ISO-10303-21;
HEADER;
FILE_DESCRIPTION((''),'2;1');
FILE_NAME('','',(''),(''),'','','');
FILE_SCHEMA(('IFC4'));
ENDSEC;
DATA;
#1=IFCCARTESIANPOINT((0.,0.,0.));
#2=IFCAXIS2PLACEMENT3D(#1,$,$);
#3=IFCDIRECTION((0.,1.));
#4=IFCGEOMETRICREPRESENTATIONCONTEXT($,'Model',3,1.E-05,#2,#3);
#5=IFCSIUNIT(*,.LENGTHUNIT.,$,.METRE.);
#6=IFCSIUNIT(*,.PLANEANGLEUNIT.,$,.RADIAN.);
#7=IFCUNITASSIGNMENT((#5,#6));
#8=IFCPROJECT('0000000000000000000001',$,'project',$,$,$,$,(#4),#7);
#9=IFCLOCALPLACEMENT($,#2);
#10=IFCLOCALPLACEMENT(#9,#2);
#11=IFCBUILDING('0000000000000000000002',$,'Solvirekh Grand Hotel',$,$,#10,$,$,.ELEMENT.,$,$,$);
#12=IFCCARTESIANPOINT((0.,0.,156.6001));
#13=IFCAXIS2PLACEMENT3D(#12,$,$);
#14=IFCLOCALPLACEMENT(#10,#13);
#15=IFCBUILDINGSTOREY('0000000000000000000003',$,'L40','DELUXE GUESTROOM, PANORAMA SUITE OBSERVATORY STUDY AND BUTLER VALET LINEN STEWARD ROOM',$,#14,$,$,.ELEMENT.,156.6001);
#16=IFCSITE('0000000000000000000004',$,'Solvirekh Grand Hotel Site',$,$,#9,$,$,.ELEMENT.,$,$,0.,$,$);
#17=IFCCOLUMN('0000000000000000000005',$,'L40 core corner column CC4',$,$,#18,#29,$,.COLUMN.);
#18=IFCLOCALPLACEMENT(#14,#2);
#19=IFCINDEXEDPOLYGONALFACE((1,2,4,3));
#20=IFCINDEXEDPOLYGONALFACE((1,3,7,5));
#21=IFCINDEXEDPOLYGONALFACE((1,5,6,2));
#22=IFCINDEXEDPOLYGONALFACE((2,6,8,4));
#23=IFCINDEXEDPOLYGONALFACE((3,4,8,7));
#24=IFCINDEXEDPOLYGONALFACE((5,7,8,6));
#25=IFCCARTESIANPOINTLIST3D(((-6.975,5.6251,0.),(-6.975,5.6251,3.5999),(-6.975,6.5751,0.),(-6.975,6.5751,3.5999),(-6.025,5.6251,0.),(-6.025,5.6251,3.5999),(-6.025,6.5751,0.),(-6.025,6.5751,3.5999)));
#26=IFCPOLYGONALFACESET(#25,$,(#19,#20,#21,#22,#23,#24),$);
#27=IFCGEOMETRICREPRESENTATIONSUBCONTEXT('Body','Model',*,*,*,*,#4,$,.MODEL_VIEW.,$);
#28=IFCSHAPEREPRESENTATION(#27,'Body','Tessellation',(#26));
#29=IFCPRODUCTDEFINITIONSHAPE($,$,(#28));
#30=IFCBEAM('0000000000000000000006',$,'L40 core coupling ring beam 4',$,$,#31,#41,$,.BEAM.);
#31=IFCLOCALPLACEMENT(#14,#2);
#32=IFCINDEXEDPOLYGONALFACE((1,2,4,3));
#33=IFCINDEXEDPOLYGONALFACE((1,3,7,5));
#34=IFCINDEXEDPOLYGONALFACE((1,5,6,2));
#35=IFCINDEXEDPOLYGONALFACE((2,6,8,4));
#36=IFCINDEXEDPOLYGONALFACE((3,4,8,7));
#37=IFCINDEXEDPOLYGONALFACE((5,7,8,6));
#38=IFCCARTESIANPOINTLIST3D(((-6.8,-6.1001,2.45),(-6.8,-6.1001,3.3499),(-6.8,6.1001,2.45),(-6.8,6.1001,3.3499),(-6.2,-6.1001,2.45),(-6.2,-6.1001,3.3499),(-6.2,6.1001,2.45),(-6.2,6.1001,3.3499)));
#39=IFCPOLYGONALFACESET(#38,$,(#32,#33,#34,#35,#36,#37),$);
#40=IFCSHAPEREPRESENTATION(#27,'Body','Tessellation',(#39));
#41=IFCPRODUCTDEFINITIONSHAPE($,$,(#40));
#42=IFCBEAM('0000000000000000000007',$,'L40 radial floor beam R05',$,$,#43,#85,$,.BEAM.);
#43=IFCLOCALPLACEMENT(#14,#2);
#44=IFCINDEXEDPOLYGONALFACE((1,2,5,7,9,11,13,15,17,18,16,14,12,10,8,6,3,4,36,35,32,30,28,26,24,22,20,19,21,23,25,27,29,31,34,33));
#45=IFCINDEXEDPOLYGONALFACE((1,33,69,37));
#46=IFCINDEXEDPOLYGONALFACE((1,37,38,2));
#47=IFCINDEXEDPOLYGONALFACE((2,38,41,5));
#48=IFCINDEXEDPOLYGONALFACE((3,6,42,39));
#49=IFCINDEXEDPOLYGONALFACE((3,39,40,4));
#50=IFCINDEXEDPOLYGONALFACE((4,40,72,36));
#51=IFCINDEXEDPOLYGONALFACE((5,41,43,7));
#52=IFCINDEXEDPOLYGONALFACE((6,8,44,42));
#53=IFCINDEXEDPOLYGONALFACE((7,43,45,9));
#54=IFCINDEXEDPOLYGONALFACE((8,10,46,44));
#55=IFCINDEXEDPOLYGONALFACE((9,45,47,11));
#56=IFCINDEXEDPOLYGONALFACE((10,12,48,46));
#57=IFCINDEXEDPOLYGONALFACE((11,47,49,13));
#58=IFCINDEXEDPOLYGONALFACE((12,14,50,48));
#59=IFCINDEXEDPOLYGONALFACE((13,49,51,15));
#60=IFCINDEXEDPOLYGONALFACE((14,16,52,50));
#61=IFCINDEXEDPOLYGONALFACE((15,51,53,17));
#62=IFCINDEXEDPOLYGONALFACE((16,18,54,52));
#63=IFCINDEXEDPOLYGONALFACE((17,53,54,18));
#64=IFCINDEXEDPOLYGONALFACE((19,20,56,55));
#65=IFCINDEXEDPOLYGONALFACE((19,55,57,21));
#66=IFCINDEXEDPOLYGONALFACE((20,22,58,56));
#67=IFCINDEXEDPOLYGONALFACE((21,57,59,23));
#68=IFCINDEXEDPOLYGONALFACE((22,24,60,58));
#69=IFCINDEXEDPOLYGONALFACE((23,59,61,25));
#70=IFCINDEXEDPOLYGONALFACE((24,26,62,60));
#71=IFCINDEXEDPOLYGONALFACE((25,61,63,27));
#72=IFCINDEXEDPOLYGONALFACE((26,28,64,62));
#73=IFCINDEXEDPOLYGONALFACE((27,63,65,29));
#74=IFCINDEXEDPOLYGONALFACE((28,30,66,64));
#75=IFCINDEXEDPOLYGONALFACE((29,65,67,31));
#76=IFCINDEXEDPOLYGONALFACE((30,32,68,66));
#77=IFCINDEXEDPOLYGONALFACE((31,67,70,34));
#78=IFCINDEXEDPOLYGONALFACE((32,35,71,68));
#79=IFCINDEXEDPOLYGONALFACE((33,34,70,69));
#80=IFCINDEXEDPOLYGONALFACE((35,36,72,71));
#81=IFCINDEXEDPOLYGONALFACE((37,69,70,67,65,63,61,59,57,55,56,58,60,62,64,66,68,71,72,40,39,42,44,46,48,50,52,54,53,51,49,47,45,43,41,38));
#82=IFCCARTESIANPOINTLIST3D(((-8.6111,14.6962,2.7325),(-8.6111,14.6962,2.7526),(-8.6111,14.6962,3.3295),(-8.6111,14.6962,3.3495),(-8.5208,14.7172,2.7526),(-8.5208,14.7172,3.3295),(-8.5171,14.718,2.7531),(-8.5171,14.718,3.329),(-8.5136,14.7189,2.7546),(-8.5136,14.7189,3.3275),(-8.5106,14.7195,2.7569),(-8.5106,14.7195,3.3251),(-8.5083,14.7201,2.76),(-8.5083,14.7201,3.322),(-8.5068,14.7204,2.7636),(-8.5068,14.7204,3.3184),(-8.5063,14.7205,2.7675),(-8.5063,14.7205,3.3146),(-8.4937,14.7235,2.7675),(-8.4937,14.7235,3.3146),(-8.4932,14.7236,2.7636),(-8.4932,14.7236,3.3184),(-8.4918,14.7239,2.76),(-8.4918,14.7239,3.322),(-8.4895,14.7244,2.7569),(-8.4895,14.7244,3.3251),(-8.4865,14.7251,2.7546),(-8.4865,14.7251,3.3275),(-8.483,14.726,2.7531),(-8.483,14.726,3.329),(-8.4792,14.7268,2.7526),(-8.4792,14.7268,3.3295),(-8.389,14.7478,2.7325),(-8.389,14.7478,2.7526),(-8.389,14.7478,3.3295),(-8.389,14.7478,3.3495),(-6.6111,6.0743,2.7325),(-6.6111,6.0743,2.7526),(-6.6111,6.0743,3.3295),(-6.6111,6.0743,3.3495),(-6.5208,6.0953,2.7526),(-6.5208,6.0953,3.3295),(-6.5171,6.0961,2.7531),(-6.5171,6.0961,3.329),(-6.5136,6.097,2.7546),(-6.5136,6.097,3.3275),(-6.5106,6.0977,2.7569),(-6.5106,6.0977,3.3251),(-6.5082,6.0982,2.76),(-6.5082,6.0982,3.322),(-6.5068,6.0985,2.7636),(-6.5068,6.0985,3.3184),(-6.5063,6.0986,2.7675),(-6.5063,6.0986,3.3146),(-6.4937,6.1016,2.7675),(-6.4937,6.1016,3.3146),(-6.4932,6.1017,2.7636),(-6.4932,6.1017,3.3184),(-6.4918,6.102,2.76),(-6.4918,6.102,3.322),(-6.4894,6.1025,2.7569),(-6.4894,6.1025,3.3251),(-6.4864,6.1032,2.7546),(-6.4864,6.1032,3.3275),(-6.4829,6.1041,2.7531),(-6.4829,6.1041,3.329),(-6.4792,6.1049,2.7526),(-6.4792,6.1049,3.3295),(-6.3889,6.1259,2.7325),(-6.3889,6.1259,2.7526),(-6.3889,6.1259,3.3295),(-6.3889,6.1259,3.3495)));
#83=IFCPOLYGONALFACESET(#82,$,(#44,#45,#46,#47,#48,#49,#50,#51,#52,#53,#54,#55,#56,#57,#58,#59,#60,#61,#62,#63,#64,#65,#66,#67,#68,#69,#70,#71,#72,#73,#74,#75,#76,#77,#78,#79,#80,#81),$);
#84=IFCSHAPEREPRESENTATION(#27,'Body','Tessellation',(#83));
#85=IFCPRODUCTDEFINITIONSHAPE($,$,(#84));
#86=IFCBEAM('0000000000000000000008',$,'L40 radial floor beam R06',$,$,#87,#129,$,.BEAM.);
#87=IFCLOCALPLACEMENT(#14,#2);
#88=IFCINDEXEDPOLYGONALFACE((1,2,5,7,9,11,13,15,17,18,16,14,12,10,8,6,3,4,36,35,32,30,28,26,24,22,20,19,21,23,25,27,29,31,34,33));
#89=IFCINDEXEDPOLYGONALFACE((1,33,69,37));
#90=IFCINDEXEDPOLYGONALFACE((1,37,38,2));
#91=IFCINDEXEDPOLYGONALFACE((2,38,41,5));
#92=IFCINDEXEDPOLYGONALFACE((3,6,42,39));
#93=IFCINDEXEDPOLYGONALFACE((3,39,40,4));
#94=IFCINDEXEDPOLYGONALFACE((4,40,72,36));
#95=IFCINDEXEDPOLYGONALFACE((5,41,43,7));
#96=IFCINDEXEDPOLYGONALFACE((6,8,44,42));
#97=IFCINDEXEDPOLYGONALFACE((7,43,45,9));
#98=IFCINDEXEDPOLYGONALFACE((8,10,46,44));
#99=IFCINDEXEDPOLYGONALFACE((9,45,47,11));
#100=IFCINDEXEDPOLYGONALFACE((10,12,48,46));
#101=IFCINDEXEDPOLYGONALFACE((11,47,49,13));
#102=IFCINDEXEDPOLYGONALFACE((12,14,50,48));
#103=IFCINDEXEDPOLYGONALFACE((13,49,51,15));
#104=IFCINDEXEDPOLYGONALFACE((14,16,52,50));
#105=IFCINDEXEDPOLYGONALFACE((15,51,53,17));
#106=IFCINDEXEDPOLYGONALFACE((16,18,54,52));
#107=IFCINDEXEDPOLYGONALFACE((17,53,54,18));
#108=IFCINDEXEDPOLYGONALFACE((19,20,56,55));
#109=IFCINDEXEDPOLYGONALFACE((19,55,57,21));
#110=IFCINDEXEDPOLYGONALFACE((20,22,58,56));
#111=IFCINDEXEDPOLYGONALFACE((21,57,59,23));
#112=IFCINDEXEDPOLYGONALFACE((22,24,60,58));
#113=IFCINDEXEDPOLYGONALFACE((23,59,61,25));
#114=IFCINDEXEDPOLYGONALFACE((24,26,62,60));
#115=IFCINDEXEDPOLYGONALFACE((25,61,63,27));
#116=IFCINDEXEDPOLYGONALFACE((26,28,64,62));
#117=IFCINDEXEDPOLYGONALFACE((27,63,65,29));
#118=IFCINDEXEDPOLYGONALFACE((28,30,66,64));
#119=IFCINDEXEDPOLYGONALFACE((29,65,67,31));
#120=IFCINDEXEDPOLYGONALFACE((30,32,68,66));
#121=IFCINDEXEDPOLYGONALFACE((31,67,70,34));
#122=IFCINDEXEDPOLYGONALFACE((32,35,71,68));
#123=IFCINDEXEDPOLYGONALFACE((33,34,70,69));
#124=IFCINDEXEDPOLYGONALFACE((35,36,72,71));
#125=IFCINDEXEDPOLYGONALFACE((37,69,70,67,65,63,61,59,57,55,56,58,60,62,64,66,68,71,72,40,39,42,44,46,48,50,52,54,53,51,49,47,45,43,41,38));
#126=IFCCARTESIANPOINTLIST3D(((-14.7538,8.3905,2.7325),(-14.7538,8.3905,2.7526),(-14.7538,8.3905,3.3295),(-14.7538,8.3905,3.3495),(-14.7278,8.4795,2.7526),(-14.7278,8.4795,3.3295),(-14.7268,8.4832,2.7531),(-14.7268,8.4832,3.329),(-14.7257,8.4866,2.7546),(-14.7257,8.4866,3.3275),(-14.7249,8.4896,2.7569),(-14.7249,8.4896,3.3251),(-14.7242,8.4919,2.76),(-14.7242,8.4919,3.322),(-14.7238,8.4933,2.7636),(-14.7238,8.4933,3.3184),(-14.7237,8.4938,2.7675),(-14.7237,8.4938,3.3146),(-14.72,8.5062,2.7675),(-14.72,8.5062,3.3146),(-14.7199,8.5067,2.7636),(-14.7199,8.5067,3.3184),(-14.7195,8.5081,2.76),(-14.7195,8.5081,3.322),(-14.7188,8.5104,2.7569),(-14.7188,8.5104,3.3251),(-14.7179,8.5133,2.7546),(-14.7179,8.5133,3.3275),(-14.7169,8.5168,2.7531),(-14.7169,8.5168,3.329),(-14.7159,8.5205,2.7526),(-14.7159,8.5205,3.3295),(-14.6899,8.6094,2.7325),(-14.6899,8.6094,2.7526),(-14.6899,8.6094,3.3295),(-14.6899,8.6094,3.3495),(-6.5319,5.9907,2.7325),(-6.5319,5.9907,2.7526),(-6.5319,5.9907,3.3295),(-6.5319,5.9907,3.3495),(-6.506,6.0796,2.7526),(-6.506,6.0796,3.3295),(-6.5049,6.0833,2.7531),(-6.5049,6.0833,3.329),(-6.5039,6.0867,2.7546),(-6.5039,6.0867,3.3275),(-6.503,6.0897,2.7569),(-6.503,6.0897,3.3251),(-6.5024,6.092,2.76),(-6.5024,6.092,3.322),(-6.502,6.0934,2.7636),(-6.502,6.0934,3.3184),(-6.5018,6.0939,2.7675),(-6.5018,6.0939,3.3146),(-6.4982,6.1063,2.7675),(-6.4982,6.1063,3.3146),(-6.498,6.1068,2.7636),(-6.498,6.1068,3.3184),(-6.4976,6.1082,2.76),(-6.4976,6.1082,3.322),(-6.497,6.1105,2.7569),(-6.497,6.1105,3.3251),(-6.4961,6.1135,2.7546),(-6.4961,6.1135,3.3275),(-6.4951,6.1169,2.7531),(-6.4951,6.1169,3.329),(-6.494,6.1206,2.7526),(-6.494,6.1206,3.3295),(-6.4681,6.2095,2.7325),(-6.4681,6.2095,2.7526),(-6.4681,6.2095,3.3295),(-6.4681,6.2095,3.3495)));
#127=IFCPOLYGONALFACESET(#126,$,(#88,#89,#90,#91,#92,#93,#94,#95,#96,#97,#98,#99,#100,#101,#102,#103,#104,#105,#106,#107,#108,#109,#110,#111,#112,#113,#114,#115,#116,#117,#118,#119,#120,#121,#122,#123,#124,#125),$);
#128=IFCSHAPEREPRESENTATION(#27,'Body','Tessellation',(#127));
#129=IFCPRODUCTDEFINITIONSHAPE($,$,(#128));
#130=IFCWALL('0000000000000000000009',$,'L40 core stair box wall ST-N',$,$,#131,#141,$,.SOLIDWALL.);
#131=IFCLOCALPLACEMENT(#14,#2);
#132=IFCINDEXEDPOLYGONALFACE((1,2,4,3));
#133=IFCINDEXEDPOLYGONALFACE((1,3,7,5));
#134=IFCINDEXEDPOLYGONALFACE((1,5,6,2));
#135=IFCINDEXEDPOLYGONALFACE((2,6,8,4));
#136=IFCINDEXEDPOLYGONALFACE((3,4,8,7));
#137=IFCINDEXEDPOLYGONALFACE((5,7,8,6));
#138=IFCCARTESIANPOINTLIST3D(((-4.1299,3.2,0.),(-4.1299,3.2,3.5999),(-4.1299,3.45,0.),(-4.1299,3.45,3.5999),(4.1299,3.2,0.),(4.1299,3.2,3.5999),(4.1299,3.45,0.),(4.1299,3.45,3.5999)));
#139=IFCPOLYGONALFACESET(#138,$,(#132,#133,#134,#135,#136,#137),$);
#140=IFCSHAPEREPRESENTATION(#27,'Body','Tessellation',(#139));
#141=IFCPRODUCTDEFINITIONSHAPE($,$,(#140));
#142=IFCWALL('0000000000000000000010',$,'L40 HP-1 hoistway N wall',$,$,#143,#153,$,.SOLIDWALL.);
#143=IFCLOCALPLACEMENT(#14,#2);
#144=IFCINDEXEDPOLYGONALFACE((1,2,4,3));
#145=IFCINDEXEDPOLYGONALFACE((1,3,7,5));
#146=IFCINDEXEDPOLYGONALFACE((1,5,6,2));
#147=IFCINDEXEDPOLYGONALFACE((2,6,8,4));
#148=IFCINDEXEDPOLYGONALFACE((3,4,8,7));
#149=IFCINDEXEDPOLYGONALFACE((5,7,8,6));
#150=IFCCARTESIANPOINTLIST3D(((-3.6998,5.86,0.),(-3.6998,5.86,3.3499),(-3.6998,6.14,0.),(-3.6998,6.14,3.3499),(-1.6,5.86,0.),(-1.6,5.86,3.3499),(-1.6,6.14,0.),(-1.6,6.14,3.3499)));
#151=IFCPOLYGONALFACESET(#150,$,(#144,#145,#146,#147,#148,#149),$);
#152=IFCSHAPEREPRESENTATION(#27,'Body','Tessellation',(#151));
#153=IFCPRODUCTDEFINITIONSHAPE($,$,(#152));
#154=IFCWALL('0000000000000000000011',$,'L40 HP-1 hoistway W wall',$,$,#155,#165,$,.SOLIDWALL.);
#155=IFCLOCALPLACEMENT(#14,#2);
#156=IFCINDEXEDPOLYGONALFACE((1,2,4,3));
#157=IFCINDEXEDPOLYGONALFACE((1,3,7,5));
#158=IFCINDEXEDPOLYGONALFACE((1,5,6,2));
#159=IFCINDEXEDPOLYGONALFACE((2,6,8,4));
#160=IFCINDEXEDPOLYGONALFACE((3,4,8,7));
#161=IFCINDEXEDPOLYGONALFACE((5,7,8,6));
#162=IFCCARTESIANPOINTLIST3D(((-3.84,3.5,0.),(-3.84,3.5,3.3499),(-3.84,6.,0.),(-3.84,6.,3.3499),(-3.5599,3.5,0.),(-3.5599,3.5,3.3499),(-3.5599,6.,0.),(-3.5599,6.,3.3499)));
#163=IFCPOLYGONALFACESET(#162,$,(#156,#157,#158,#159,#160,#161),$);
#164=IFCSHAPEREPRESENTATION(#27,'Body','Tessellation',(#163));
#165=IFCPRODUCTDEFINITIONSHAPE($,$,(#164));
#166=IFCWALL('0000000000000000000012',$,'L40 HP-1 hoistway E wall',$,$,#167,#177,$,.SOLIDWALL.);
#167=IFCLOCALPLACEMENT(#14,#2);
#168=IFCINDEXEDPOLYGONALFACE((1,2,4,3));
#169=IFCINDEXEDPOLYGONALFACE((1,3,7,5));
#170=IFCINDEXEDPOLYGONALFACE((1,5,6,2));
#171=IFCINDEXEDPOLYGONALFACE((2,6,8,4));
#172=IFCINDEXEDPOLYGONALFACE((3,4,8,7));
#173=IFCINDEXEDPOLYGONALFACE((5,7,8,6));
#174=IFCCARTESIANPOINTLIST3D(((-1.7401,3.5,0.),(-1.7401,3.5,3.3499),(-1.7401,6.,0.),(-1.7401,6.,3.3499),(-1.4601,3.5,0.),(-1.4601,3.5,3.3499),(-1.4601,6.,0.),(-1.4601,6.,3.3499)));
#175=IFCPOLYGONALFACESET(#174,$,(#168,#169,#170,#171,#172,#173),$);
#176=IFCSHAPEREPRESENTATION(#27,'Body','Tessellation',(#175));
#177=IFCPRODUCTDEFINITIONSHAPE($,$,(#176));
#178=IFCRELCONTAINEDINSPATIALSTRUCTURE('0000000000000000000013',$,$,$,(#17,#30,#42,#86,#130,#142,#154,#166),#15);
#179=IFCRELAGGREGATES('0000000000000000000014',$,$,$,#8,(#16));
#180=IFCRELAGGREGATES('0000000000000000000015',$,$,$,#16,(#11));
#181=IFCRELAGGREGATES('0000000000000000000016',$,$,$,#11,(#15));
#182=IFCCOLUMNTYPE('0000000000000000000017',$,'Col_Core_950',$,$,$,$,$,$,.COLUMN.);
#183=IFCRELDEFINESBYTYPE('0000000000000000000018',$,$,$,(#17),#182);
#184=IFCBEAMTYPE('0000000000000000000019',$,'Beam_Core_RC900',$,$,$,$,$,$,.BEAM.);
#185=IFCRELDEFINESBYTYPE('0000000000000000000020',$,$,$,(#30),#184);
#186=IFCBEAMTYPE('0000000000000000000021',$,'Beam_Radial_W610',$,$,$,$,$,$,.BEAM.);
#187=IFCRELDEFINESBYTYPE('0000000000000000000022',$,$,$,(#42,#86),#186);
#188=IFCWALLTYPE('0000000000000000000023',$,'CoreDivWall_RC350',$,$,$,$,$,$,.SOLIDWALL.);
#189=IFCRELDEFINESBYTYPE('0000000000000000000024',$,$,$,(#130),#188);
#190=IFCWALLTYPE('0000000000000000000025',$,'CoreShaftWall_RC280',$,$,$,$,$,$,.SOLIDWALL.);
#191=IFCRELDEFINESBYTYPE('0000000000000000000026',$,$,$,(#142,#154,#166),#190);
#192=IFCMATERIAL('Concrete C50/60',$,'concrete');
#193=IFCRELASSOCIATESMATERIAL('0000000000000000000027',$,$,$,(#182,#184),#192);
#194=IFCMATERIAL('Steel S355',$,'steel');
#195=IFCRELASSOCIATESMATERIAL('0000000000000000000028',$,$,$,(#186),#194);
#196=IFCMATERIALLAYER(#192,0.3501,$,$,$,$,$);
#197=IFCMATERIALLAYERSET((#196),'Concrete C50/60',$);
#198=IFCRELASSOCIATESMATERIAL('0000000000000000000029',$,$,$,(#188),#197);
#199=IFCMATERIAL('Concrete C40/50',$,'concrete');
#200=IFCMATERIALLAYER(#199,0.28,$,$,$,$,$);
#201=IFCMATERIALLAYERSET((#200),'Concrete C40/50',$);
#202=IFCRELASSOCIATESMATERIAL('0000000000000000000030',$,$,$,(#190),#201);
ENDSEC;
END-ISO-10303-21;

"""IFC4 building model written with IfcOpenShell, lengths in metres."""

from ifc_helpers import new_model, si_unit, direction, frame, frame_2d, origin, origin_2d, place, context, subcontext, project, spatial, rectangle, i_section, extrude, material, layer, layer_set, material_profile, profile_set, type_object, element, save


model = new_model("IFC4")

# Units and contexts
model_context = context("Model", 3, precision=1e-05, world=origin(), true_north=direction((0.0, 1.0)))
body_context = subcontext(model_context, "Body", "Model", "MODEL_VIEW")
ifc_project = project(units=[si_unit("LENGTHUNIT", "METRE"), si_unit("PLANEANGLEUNIT", "RADIAN")], contexts=[model_context])

# Site, building, storey
site_placement = place(None, origin())
site = spatial("IfcSite", under=ifc_project, at=site_placement, Name="Solvirekh Grand Hotel Site", CompositionType="ELEMENT", RefElevation=0.0)
building_placement = place(site_placement, origin())
building = spatial("IfcBuilding", under=site, at=building_placement, Name="Solvirekh Grand Hotel", CompositionType="ELEMENT")
storey_placement = place(building_placement, frame((0.0, 0.0, 156.6001)))
storey = spatial("IfcBuildingStorey", under=building, at=storey_placement, Name="L40", Description="DELUXE GUESTROOM, PANORAMA SUITE OBSERVATORY STUDY AND BUTLER VALET LINEN STEWARD ROOM", CompositionType="ELEMENT", Elevation=156.6001)

# Column
ifc_material_1 = material(Name="Concrete C50/60", Category="concrete")
ifc_material_profile_1 = material_profile(ifc_material_1, rectangle(XDim=0.95, YDim=0.95, at=origin_2d()), Name="RC 950X950")
ifc_profile_set_1 = profile_set([ifc_material_profile_1], Name="Concrete C50/60")
column_type = type_object("IfcColumnType", Name="Col_Core_950", PredefinedType="COLUMN", material=ifc_profile_set_1)
column_placement = place(storey_placement, frame((-6.5, 6.1001, 0.0), z_axis=(0.0, 0.0, 1.0), x_axis=(1.0, 0.0, 0.0)))
element("IfcColumn", 1, at=column_placement, inside=storey, type_object=column_type, Name="L40 core corner column CC4", PredefinedType="COLUMN", context=body_context, shape_type="SweptSolid", body=[
    extrude(rectangle(XDim=0.95, YDim=0.95, at=origin_2d()), origin(), (0.0, 0.0, 1.0), 3.5999),
])

# Beams
ifc_material_profile_2 = material_profile(ifc_material_1, rectangle(XDim=0.6001, YDim=0.8999, at=origin_2d()), Name="RC BEAM 600X900")
ifc_profile_set_2 = profile_set([ifc_material_profile_2], Name="Concrete C50/60")
beam_type_1 = type_object("IfcBeamType", Name="Beam_Core_RC900", PredefinedType="BEAM", material=ifc_profile_set_2)
beam_1_placement = place(storey_placement, frame((-6.5, 6.1001, 2.8999), z_axis=(0.0, -1.0, 0.0), x_axis=(1.0, 0.0, 0.0)))
element("IfcBeam", 2, at=beam_1_placement, inside=storey, type_object=beam_type_1, Name="L40 core coupling ring beam 4", PredefinedType="BEAM", context=body_context, shape_type="SweptSolid", body=[
    extrude(rectangle(XDim=0.6001, YDim=0.8999, at=origin_2d()), origin(), (0.0, 0.0, 1.0), 12.2002),
])
ifc_material_2 = material(Name="Steel S355", Category="steel")
ifc_material_profile_3 = material_profile(ifc_material_2, i_section(OverallWidth=0.228, OverallDepth=0.6169, WebThickness=0.0129, FlangeThickness=0.02, FilletRadius=0.0149, at=origin_2d()), Name="W610X140")
ifc_profile_set_3 = profile_set([ifc_material_profile_3], Name="Steel S355")
beam_type_2 = type_object("IfcBeamType", Name="Beam_Radial_W610", PredefinedType="BEAM", material=ifc_profile_set_3)
beam_2_placement = place(storey_placement, frame((-6.5, 6.1001, 3.041), z_axis=(-0.225969, 0.974134, 0.0), x_axis=(-0.974134, -0.225969, 0.0)))
element("IfcBeam", 3, at=beam_2_placement, inside=storey, type_object=beam_type_2, Name="L40 radial floor beam R05", PredefinedType="BEAM", context=body_context, shape_type="SweptSolid", body=[
    extrude(i_section(OverallWidth=0.228, OverallDepth=0.6169, WebThickness=0.0129, FlangeThickness=0.02, FilletRadius=0.0149, at=origin_2d()), origin(), (0.0, 0.0, 1.0), 8.8508),
])
beam_3_placement = place(storey_placement, frame((-6.5, 6.1001, 3.041), z_axis=(-0.959942, 0.280198, 0.0), x_axis=(-0.280198, -0.959942, 0.0)))
element("IfcBeam", 4, at=beam_3_placement, inside=storey, type_object=beam_type_2, Name="L40 radial floor beam R06", PredefinedType="BEAM", context=body_context, shape_type="SweptSolid", body=[
    extrude(i_section(OverallWidth=0.228, OverallDepth=0.6169, WebThickness=0.0129, FlangeThickness=0.02, FilletRadius=0.0149, at=origin_2d()), origin(), (0.0, 0.0, 1.0), 8.5649),
])

# Walls
ifc_layer_1 = layer(ifc_material_1, 0.3501)
ifc_layer_set_1 = layer_set([ifc_layer_1], Name="Concrete C50/60")
wall_type_1 = type_object("IfcWallType", Name="CoreDivWall_RC350", PredefinedType="SOLIDWALL", material=ifc_layer_set_1)
wall_1_placement = place(storey_placement, frame((-4.1299, 3.325, 0.0), z_axis=(0.0, 0.0, 1.0), x_axis=(1.0, 0.0, 0.0)))
element("IfcWall", 5, at=wall_1_placement, inside=storey, type_object=wall_type_1, Name="L40 core stair box wall ST-N", PredefinedType="SOLIDWALL", context=body_context, shape_type="SweptSolid", body=[
    extrude(rectangle(XDim=8.2598, YDim=0.25, at=frame_2d((4.1299, 0.0))), origin(), (0.0, 0.0, 1.0), 3.5999),
])
ifc_material_3 = material(Name="Concrete C40/50", Category="concrete")
ifc_layer_2 = layer(ifc_material_3, 0.28)
ifc_layer_set_2 = layer_set([ifc_layer_2], Name="Concrete C40/50")
wall_type_2 = type_object("IfcWallType", Name="CoreShaftWall_RC280", PredefinedType="SOLIDWALL", material=ifc_layer_set_2)
wall_2_placement = place(storey_placement, frame((-1.6001, 6.0, 0.0), z_axis=(0.0, 0.0, 1.0), x_axis=(-1.0, 0.0, 0.0)))
element("IfcWall", 6, at=wall_2_placement, inside=storey, type_object=wall_type_2, Name="L40 HP-1 hoistway N wall", PredefinedType="SOLIDWALL", context=body_context, shape_type="SweptSolid", body=[
    extrude(rectangle(XDim=2.0999, YDim=0.28, at=frame_2d((1.0498, 0.0))), origin(), (0.0, 0.0, 1.0), 3.3499),
])
for number, where, z_axis, x_axis, name in (
    (7, (-3.7, 6.0, 0.0), (0.0, 0.0, 1.0), (0.0, -1.0, 0.0), "L40 HP-1 hoistway W wall"),
    (8, (-1.6001, 3.5, 0.0), (0.0, 0.0, 1.0), (0.0, 1.0, 0.0), "L40 HP-1 hoistway E wall"),
):
    element("IfcWall", number, at=place(storey_placement, frame(where, z_axis=z_axis, x_axis=x_axis)), inside=storey, type_object=wall_type_2, Name=name, PredefinedType="SOLIDWALL", context=body_context, shape_type="SweptSolid", body=[
        extrude(rectangle(XDim=2.5, YDim=0.28, at=frame_2d((1.25, 0.0))), origin(), (0.0, 0.0, 1.0), 3.3499),
    ])

save(model, "model.ifc")
